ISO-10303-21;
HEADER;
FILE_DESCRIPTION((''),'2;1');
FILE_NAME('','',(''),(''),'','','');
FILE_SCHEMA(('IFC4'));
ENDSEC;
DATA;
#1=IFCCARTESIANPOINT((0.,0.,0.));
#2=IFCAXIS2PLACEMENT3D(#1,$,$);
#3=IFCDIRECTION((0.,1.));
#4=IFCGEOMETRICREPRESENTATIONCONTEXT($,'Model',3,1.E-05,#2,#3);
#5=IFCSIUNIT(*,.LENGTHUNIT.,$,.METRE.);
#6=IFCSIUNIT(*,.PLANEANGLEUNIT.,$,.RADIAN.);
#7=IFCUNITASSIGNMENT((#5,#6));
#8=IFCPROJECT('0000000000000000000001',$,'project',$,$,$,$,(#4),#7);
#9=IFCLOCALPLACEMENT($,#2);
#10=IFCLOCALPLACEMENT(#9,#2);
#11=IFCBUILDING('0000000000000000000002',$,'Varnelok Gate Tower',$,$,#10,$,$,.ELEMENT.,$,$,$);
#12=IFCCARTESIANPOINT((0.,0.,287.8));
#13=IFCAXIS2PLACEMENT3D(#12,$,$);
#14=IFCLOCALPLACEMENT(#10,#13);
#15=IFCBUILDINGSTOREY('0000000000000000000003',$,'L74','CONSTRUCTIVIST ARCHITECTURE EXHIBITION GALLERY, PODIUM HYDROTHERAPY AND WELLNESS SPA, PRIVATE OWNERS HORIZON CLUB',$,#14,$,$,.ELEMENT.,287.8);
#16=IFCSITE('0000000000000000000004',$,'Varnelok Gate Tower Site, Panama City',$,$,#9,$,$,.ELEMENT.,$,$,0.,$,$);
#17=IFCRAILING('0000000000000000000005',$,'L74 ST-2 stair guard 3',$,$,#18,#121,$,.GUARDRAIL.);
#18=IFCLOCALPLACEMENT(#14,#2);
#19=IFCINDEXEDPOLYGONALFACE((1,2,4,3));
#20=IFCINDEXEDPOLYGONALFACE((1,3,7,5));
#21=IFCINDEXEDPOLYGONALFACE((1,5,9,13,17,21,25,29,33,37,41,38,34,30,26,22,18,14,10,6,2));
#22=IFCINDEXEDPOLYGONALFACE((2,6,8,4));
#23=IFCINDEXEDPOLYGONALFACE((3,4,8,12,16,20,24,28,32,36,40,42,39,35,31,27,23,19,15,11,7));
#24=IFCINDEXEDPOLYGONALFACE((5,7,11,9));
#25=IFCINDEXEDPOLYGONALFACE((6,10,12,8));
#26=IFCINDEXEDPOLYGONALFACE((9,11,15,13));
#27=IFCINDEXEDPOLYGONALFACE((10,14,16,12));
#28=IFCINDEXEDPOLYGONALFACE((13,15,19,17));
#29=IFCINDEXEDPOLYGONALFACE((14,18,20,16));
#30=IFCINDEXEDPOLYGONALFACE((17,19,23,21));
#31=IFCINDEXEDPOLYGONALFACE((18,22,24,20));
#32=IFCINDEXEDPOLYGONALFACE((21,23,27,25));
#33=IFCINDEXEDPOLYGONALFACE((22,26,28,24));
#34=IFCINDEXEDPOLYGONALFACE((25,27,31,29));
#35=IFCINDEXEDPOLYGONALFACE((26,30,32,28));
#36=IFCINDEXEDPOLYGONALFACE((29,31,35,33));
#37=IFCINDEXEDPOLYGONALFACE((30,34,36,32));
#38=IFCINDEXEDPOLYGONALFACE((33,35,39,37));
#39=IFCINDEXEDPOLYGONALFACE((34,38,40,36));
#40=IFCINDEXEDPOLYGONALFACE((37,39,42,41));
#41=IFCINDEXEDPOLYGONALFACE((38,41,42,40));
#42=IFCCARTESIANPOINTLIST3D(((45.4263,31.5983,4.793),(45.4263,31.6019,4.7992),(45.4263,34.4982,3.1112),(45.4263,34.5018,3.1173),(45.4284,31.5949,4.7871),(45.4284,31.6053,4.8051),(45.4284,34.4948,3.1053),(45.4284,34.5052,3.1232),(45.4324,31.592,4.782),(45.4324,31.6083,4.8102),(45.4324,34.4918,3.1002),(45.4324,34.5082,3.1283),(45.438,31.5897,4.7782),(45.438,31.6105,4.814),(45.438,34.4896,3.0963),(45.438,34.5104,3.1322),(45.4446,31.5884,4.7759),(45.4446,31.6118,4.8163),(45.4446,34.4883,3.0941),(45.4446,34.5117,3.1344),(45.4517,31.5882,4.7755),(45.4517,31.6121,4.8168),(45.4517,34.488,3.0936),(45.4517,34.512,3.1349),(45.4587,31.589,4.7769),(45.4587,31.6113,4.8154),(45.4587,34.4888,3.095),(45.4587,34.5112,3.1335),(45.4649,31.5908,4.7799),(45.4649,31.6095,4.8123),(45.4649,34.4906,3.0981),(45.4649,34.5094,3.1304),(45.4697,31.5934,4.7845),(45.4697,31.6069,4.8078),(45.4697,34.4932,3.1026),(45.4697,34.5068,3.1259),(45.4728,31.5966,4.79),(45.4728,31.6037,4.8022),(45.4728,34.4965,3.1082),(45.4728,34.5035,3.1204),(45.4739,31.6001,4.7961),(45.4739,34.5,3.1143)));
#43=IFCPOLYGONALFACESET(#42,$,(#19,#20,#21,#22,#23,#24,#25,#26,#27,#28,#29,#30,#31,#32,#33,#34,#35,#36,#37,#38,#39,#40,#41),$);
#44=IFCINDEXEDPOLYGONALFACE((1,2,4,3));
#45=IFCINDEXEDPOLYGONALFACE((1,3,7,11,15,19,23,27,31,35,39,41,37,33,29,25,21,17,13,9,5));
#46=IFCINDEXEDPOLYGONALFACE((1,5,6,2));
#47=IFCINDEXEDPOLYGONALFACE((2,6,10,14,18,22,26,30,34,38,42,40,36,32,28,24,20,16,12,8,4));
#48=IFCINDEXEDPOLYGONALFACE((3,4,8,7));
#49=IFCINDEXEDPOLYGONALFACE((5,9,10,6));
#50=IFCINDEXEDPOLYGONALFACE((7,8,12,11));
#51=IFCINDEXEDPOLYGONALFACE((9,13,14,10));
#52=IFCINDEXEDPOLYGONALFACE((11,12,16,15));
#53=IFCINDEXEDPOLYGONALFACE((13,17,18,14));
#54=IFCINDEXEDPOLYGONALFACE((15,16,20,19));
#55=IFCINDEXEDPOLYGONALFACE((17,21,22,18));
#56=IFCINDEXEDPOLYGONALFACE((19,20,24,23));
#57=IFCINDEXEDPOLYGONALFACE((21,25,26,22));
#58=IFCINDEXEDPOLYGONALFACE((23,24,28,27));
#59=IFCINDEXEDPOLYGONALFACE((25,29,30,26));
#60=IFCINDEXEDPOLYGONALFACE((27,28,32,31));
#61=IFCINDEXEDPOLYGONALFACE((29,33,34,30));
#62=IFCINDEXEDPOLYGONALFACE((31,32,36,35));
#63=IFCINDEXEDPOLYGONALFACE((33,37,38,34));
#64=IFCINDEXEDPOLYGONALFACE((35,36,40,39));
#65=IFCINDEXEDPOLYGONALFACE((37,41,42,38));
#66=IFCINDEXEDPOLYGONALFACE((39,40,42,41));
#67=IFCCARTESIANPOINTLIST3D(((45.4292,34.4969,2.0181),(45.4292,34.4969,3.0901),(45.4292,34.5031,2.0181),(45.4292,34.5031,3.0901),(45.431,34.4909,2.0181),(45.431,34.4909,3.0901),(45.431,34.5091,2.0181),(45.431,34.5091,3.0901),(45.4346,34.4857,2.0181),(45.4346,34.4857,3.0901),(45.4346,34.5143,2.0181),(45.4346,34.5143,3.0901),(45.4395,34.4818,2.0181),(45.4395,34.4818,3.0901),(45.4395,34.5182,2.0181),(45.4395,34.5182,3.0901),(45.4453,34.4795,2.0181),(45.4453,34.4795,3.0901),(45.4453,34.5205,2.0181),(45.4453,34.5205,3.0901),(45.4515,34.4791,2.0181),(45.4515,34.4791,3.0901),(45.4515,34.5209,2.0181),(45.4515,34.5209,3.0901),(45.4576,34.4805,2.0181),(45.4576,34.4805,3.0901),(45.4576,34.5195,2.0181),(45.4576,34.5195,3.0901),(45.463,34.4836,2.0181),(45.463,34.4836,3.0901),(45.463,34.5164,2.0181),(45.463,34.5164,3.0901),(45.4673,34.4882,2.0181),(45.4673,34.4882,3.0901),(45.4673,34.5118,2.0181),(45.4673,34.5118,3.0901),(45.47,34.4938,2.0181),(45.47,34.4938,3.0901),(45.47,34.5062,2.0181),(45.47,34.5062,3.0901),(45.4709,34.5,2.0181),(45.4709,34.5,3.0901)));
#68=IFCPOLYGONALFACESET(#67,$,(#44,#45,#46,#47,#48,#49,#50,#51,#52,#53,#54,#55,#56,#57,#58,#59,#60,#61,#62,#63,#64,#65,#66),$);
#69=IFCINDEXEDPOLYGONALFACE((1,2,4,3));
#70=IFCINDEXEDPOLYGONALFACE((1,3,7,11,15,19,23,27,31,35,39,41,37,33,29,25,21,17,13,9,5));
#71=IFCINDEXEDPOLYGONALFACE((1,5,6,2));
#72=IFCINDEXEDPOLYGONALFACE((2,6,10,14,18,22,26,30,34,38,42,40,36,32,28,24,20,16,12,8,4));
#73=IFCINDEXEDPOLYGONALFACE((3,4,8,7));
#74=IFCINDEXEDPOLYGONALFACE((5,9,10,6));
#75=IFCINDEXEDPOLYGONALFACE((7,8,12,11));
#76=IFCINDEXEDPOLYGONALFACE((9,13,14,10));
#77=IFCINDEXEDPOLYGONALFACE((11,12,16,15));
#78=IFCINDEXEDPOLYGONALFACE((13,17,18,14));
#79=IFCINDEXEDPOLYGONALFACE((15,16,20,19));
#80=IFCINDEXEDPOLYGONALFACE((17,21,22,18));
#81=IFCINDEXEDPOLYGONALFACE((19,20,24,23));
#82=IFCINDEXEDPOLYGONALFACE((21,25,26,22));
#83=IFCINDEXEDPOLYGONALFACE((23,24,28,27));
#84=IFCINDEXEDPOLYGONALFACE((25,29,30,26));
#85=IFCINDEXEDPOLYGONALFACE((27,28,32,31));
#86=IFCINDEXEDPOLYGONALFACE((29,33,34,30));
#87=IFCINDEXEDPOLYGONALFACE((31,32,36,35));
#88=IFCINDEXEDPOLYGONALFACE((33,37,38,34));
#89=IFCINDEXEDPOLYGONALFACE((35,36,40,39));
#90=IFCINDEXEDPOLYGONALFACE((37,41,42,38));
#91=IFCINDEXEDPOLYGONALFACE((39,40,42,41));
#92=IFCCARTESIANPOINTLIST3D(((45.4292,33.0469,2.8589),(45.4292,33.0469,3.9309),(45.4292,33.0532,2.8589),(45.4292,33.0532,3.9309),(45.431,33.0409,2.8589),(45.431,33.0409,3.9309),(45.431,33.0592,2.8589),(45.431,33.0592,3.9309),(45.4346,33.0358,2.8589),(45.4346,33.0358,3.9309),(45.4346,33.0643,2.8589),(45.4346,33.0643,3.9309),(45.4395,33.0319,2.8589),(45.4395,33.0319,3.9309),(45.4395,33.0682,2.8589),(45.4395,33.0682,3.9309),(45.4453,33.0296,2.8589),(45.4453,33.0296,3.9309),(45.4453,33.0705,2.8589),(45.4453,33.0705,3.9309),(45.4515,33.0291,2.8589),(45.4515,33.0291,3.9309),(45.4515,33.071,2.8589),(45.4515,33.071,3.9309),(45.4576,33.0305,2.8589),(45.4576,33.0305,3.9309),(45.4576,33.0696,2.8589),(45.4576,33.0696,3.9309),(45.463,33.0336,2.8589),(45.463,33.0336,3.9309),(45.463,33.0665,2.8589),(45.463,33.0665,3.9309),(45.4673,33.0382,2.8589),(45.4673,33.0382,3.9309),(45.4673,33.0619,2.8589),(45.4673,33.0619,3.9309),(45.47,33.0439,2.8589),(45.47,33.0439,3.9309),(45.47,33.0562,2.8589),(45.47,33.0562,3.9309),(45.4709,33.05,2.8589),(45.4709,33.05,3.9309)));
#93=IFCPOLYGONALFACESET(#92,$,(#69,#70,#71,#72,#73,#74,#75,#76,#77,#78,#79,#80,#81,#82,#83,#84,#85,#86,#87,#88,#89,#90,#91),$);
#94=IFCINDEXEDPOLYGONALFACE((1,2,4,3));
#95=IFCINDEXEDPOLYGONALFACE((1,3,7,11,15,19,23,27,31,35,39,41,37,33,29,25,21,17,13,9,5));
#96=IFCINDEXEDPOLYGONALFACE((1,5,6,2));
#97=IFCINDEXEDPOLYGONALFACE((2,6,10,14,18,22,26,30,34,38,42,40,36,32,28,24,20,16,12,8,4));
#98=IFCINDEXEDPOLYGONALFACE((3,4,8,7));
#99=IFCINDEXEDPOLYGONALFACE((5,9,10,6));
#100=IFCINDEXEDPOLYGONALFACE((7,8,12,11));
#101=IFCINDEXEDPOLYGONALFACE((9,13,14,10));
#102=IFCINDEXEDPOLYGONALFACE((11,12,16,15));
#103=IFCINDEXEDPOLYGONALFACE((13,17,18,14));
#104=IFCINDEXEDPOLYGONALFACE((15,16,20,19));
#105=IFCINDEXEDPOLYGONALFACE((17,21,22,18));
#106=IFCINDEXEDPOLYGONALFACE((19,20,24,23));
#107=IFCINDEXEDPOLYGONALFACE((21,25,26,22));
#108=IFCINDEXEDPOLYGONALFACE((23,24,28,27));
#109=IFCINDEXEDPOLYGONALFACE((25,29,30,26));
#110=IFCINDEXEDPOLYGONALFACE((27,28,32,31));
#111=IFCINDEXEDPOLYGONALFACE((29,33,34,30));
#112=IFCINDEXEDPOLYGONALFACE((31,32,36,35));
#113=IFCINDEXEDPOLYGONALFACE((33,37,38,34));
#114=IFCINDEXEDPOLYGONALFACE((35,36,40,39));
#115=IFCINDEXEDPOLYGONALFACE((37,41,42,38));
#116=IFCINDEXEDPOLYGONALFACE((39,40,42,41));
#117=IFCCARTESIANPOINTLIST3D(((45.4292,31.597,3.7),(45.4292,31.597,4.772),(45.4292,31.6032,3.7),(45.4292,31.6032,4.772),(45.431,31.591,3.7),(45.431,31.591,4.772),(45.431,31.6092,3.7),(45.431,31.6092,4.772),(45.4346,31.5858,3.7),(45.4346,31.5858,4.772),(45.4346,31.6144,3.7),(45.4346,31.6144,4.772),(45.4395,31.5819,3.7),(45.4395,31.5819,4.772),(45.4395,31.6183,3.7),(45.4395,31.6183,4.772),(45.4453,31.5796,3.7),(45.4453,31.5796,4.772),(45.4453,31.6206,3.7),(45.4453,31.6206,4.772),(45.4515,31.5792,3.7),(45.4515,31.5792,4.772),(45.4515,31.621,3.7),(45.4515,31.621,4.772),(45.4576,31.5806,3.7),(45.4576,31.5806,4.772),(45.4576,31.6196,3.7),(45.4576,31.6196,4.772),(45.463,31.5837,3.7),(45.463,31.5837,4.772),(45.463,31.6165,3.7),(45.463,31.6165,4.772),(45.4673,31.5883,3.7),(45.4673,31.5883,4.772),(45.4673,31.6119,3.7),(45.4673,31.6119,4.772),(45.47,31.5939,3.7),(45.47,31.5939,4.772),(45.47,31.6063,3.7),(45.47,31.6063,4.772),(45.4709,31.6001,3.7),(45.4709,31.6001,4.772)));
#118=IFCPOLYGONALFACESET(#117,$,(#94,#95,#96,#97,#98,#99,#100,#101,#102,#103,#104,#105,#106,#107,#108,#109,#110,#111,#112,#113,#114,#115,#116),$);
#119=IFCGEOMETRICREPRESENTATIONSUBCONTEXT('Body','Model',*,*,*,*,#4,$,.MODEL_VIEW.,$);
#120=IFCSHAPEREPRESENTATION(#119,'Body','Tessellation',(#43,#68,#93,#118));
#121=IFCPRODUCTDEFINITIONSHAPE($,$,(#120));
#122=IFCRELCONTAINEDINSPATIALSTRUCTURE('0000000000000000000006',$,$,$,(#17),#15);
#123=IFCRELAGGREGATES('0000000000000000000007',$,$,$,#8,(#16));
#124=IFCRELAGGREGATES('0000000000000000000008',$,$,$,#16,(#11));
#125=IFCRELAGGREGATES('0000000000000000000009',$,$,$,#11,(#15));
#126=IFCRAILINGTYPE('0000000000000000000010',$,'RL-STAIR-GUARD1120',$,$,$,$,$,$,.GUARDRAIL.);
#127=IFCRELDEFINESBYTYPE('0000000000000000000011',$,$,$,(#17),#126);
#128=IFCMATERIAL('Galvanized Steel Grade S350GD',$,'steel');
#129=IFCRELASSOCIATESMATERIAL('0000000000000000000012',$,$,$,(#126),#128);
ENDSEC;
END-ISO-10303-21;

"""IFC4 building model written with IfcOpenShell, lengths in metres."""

from ifc_helpers import new_model, si_unit, direction, frame, origin, origin_2d, place, context, subcontext, project, spatial, circle, extrude, material, type_object, element, save


model = new_model("IFC4")

# Units and contexts
model_context = context("Model", 3, precision=1e-05, world=origin(), true_north=direction((0.0, 1.0)))
body_context = subcontext(model_context, "Body", "Model", "MODEL_VIEW")
ifc_project = project(units=[si_unit("LENGTHUNIT", "METRE"), si_unit("PLANEANGLEUNIT", "RADIAN")], contexts=[model_context])

# Site, building, storey
site_placement = place(None, origin())
site = spatial("IfcSite", under=ifc_project, at=site_placement, Name="Varnelok Gate Tower Site, Panama City", CompositionType="ELEMENT", RefElevation=0.0)
building_placement = place(site_placement, origin())
building = spatial("IfcBuilding", under=site, at=building_placement, Name="Varnelok Gate Tower", CompositionType="ELEMENT")
storey_placement = place(building_placement, frame((0.0, 0.0, 287.8)))
storey = spatial("IfcBuildingStorey", under=building, at=storey_placement, Name="L74", Description="CONSTRUCTIVIST ARCHITECTURE EXHIBITION GALLERY, PODIUM HYDROTHERAPY AND WELLNESS SPA, PRIVATE OWNERS HORIZON CLUB", CompositionType="ELEMENT", Elevation=287.8)

# Shared definitions
ifc_material_1 = material(Name="Galvanized Steel Grade S350GD", Category="steel")

# Railing
railing_type_1 = type_object("IfcRailingType", Name="RL-STAIR-GUARD1120", PredefinedType="GUARDRAIL", material=ifc_material_1)
railing_1_placement = place(storey_placement, frame((45.45, 34.5, 2.0181)))
element("IfcRailing", 1, at=railing_1_placement, inside=storey, type_object=railing_type_1, Name="L74 ST-2 stair guard 3", PredefinedType="GUARDRAIL", context=body_context, shape_type="SweptSolid", body=[
    extrude(circle(Radius=0.0239, at=origin_2d()), frame((0.0, 0.0, 1.0962), z_axis=(0.0, -0.865039, 0.501705), x_axis=(1.0, 0.0, 0.0)), (0.0, 0.0, 1.0), 3.3523),
    extrude(circle(Radius=0.021, at=origin_2d()), origin(), (0.0, 0.0, 1.0), 1.072),
    extrude(circle(Radius=0.021, at=origin_2d()), frame((0.0, -1.45, 0.8408)), (0.0, 0.0, 1.0), 1.072),
    extrude(circle(Radius=0.021, at=origin_2d()), frame((0.0, -2.8999, 1.6819)), (0.0, 0.0, 1.0), 1.072),
])

save(model, "model.ifc")
